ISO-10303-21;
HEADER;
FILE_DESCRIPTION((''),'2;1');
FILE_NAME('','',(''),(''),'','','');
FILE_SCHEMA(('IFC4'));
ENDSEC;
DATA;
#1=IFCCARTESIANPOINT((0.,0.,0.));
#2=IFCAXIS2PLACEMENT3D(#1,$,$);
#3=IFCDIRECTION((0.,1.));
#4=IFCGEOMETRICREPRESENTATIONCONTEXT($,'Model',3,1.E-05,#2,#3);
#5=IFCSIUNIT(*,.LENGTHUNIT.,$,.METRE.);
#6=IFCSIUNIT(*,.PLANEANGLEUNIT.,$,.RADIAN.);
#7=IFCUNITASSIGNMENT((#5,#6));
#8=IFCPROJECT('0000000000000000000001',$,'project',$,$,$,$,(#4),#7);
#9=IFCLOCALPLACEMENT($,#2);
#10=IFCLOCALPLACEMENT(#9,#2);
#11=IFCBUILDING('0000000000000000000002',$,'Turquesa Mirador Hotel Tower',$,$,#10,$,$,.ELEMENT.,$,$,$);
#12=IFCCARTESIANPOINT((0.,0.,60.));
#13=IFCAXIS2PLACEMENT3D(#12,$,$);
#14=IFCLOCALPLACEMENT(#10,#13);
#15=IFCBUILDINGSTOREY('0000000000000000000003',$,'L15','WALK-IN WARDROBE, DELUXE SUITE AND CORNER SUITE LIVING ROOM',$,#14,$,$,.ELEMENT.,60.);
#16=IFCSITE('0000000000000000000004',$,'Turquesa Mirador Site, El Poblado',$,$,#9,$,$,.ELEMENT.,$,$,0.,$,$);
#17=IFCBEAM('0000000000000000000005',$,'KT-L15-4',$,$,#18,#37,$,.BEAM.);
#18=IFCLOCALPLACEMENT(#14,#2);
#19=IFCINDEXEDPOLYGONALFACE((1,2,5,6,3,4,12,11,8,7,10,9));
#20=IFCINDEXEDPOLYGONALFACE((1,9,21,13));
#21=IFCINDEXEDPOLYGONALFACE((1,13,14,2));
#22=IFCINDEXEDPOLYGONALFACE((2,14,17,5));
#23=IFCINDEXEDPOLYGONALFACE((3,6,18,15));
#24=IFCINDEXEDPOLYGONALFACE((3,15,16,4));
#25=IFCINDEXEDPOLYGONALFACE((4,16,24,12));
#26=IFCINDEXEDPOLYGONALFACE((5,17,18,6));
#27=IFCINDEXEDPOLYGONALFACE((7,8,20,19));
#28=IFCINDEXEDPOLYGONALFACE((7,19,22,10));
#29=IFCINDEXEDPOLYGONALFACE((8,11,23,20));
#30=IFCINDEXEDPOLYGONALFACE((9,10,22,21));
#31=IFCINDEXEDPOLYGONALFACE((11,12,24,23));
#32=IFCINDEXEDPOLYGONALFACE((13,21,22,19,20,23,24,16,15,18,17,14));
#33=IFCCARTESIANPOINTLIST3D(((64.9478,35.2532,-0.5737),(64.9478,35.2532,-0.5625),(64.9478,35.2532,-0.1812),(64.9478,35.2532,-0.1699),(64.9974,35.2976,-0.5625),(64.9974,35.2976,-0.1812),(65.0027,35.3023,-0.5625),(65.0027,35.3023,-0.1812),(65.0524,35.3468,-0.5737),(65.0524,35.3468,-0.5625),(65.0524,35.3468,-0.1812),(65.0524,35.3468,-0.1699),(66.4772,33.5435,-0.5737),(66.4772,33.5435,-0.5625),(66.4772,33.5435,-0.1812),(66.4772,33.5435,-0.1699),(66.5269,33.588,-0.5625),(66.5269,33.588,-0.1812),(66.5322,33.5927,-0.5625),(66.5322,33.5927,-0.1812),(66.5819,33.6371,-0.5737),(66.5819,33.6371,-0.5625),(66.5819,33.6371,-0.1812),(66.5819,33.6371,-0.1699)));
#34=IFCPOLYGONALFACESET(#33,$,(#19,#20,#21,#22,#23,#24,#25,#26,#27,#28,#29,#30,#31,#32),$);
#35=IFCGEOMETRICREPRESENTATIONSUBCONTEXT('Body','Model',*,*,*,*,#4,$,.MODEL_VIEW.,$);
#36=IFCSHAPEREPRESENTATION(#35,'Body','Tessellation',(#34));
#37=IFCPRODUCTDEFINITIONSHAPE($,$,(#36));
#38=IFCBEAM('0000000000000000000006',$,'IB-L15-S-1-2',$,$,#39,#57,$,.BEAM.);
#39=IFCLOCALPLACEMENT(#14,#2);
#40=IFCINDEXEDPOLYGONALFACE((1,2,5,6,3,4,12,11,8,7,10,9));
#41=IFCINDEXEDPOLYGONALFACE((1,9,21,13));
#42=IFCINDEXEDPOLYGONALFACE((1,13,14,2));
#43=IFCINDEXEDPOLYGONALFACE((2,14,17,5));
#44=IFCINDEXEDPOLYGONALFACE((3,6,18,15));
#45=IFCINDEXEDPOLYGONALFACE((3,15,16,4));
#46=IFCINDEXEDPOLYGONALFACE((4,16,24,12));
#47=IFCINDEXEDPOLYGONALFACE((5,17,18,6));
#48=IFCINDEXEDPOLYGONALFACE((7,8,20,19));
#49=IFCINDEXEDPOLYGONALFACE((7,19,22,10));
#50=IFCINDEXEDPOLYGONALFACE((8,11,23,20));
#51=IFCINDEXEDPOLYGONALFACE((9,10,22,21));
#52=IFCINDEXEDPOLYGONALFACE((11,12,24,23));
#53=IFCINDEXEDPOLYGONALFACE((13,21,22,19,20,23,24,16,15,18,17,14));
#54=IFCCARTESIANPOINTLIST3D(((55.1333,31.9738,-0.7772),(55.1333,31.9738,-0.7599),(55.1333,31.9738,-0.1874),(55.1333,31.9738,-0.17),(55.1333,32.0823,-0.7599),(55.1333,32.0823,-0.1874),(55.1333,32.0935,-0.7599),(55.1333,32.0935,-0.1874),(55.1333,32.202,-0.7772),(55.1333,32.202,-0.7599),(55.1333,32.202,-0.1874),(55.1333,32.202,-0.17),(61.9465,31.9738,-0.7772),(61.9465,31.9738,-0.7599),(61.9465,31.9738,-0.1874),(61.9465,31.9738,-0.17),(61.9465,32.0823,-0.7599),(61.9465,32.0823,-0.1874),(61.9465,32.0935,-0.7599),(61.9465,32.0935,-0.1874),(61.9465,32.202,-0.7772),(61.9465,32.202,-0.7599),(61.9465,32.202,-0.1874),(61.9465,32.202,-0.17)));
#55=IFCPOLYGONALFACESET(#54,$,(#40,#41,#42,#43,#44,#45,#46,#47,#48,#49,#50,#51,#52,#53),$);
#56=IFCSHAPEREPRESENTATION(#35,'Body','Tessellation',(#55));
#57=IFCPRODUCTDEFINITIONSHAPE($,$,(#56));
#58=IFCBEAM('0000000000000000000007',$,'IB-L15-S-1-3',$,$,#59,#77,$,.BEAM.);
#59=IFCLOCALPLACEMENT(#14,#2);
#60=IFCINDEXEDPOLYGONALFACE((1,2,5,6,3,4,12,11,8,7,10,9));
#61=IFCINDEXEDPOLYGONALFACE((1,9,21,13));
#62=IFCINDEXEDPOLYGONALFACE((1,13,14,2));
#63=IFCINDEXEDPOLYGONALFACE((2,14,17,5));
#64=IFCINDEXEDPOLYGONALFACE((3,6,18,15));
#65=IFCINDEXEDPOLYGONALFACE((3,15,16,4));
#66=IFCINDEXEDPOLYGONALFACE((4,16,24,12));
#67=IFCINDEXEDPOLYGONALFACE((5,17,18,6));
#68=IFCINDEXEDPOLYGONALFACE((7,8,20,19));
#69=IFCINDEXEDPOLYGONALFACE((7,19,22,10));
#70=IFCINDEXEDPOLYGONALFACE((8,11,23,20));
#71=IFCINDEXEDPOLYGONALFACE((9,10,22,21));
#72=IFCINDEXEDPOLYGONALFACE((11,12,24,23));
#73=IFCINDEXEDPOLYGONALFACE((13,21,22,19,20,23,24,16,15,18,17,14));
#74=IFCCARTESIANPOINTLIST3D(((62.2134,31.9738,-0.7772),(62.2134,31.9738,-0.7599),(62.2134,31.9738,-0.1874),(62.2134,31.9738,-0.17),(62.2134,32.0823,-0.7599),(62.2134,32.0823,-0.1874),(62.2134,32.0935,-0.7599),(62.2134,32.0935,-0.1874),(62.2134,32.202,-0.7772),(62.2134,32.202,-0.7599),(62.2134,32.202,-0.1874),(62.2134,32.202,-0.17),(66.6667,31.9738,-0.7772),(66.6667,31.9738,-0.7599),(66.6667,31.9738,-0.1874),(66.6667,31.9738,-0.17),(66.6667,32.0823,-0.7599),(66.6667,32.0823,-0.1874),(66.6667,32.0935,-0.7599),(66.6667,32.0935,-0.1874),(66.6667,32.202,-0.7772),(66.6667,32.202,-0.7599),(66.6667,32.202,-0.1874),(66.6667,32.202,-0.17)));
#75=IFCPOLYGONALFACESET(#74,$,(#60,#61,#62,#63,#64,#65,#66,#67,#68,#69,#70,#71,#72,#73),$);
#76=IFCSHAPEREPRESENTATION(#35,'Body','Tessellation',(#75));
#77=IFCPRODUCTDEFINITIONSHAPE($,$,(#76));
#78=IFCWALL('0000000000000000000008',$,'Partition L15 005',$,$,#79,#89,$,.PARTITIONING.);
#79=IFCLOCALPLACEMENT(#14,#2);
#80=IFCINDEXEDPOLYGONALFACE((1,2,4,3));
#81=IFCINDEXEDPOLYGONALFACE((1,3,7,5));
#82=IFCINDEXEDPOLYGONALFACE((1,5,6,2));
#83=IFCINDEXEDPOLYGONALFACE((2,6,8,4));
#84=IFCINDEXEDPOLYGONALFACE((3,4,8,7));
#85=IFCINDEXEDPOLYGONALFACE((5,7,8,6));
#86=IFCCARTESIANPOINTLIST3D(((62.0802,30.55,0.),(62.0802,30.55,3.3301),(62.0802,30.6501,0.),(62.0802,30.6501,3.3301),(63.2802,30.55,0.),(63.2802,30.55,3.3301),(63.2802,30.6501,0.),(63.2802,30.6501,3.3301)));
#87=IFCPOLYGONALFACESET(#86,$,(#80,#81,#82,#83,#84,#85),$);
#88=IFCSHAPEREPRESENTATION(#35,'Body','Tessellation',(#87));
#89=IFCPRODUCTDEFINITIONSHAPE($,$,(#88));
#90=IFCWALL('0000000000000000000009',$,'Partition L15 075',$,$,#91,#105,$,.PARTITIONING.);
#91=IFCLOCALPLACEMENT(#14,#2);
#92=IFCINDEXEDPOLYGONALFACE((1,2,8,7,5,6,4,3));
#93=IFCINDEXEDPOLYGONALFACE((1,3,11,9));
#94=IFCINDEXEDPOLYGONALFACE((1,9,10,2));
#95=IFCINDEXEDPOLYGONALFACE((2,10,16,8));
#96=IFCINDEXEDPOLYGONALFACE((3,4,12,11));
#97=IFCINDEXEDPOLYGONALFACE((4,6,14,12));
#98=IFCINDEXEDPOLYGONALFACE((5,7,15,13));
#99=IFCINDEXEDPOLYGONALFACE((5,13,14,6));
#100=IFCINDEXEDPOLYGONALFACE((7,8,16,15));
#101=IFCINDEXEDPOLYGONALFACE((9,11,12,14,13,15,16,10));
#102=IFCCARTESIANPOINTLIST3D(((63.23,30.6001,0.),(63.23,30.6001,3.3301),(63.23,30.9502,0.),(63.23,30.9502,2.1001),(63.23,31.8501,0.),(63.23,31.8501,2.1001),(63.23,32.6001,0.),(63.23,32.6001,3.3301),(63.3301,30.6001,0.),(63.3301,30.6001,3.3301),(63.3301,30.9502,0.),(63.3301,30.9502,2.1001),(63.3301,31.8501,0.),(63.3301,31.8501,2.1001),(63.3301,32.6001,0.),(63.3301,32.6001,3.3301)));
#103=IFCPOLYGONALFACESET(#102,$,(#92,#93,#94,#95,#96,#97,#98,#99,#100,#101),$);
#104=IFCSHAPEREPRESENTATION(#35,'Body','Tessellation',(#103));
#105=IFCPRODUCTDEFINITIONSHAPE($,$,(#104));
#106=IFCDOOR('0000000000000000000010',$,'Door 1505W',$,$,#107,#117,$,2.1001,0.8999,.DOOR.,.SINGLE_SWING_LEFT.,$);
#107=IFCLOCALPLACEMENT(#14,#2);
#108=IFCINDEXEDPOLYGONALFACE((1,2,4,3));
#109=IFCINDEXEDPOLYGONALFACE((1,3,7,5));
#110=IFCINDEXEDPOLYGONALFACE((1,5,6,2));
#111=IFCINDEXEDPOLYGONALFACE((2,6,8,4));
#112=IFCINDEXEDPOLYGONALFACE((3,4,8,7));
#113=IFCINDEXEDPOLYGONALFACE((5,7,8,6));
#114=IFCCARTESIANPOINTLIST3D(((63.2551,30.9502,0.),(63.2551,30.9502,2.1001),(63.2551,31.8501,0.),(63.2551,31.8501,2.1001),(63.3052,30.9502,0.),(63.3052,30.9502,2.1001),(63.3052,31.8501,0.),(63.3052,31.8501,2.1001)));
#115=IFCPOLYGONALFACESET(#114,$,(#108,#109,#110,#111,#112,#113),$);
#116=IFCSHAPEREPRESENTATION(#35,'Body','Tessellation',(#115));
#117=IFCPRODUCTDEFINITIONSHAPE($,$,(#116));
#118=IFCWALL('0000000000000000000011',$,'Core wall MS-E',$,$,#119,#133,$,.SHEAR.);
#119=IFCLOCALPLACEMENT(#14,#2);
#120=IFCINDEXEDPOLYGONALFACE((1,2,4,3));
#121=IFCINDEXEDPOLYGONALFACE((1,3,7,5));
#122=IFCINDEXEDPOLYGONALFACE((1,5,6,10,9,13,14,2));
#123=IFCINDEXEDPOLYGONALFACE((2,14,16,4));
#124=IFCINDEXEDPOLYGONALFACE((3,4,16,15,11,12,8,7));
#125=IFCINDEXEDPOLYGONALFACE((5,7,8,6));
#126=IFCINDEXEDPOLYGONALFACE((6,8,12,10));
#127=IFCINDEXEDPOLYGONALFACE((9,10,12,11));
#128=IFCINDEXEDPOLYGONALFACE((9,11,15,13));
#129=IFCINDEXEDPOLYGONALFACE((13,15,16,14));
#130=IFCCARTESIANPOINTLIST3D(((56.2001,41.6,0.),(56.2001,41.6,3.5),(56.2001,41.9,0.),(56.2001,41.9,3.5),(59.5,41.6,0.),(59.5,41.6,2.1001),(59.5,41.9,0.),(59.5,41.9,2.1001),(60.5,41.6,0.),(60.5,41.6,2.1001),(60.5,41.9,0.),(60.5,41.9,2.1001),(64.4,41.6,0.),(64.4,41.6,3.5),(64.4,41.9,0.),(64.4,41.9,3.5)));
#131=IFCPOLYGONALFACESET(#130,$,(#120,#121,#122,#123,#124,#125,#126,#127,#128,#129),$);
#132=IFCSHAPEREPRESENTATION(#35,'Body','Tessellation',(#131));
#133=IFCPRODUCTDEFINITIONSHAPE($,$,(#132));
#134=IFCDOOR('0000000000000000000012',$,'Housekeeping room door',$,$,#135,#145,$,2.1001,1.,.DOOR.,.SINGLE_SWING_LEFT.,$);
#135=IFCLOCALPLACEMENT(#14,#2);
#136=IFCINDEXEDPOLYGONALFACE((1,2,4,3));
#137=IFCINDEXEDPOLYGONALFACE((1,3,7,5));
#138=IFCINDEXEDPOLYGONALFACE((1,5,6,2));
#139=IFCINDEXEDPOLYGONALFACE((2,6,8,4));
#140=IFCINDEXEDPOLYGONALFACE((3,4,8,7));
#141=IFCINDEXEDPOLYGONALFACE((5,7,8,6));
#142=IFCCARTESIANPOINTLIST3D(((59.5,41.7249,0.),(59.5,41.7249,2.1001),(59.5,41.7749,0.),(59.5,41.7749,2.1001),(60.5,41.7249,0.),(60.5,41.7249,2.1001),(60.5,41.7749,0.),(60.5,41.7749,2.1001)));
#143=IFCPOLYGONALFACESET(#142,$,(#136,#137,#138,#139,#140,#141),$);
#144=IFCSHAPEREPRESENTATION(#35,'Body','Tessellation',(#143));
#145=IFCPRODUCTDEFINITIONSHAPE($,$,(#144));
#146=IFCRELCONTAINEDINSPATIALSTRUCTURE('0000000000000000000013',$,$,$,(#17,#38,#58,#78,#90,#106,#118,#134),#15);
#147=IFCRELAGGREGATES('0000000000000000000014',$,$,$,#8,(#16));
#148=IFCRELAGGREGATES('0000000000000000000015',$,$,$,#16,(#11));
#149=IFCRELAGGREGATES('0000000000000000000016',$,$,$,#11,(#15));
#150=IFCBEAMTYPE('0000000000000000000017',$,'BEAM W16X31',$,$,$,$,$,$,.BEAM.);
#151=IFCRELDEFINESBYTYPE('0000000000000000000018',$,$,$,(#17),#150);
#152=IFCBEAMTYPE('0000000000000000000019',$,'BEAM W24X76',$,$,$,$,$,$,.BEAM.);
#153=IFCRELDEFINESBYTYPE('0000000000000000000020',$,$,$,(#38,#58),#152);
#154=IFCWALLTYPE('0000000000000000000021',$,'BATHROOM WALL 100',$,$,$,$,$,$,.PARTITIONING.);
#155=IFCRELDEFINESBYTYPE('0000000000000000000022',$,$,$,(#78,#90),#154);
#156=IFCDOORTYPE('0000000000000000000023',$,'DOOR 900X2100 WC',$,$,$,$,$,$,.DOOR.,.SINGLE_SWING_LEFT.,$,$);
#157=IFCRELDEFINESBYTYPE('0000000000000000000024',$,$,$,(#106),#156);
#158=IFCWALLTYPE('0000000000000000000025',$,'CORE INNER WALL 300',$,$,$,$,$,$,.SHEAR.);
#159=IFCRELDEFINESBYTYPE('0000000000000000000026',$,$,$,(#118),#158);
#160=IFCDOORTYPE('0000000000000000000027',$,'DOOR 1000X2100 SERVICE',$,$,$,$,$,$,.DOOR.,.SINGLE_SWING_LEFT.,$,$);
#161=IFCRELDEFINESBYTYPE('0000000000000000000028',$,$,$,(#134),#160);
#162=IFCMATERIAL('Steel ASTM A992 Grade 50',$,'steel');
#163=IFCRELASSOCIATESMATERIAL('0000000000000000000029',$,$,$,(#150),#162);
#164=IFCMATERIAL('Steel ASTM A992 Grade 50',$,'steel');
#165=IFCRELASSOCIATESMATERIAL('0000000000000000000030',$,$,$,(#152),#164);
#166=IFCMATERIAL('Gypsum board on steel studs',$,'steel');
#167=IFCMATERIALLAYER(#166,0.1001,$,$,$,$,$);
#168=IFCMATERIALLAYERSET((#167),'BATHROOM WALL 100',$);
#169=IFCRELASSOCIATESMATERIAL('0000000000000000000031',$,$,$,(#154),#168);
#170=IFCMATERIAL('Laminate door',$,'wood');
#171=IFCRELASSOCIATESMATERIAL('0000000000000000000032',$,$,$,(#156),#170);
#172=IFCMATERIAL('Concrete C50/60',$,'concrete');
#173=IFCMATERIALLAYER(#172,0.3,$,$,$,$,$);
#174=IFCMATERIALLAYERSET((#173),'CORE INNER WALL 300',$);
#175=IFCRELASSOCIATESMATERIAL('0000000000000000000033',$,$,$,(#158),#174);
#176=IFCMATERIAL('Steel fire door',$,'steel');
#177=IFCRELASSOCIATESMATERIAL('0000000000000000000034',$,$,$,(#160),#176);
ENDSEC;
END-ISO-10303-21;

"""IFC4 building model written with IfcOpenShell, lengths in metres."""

from ifc_helpers import new_model, si_unit, direction, frame, frame_2d, origin, origin_2d, place, context, subcontext, project, spatial, rectangle, i_section, extrude, material, layer, layer_set, material_profile, profile_set, type_object, element, fill, save


model = new_model("IFC4")

# Units and contexts
model_context = context("Model", 3, precision=1e-05, world=origin(), true_north=direction((0.0, 1.0)))
body_context = subcontext(model_context, "Body", "Model", "MODEL_VIEW")
ifc_project = project(units=[si_unit("LENGTHUNIT", "METRE"), si_unit("PLANEANGLEUNIT", "RADIAN")], contexts=[model_context])

# Site, building, storey
site_placement = place(None, origin())
site = spatial("IfcSite", under=ifc_project, at=site_placement, Name="Turquesa Mirador Site, El Poblado", CompositionType="ELEMENT", RefElevation=0.0)
building_placement = place(site_placement, origin())
building = spatial("IfcBuilding", under=site, at=building_placement, Name="Turquesa Mirador Hotel Tower", CompositionType="ELEMENT")
storey_placement = place(building_placement, frame((0.0, 0.0, 60.0)))
storey = spatial("IfcBuildingStorey", under=building, at=storey_placement, Name="L15", Description="WALK-IN WARDROBE, DELUXE SUITE AND CORNER SUITE LIVING ROOM", CompositionType="ELEMENT", Elevation=60.0)

# Beams
ifc_material_1 = material(Name="Steel ASTM A992 Grade 50", Category="steel")
ifc_material_profile_1 = material_profile(ifc_material_1, i_section(OverallWidth=0.1404, OverallDepth=0.4038, WebThickness=0.0071, FlangeThickness=0.0112, at=origin_2d()), Name="W16X31")
ifc_profile_set_1 = profile_set([ifc_material_profile_1], Name="Steel ASTM A992 Grade 50")
beam_type_1 = type_object("IfcBeamType", Name="BEAM W16X31", PredefinedType="BEAM", material=ifc_profile_set_1)
beam_1_placement = place(storey_placement, frame((66.5295, 33.5903, -0.3718), z_axis=(-0.666745, 0.745286, 0.0), x_axis=(-0.745286, -0.666745, 0.0)))
element("IfcBeam", 1, at=beam_1_placement, inside=storey, type_object=beam_type_1, Name="KT-L15-4", PredefinedType="BEAM", context=body_context, shape_type="SweptSolid", body=[
    extrude(i_section(OverallWidth=0.1404, OverallDepth=0.4038, WebThickness=0.0071, FlangeThickness=0.0112, at=origin_2d()), origin(), (0.0, 0.0, 1.0), 2.2939),
])
ifc_material_2 = material(Name="Steel ASTM A992 Grade 50", Category="steel")
ifc_material_profile_2 = material_profile(ifc_material_2, i_section(OverallWidth=0.2283, OverallDepth=0.6072, WebThickness=0.0112, FlangeThickness=0.0173, at=origin_2d()), Name="W24X76")
ifc_profile_set_2 = profile_set([ifc_material_profile_2], Name="Steel ASTM A992 Grade 50")
beam_type_2 = type_object("IfcBeamType", Name="BEAM W24X76", PredefinedType="BEAM", material=ifc_profile_set_2)
beam_2_placement = place(storey_placement, frame((55.1333, 32.0879, -0.4736), z_axis=(1.0, 0.0, 0.0), x_axis=(0.0, 1.0, 0.0)))
element("IfcBeam", 2, at=beam_2_placement, inside=storey, type_object=beam_type_2, Name="IB-L15-S-1-2", PredefinedType="BEAM", context=body_context, shape_type="SweptSolid", body=[
    extrude(i_section(OverallWidth=0.2283, OverallDepth=0.6072, WebThickness=0.0112, FlangeThickness=0.0173, at=origin_2d()), origin(), (0.0, 0.0, 1.0), 6.8132),
])
beam_3_placement = place(storey_placement, frame((62.2134, 32.0879, -0.4736), z_axis=(1.0, 0.0, 0.0), x_axis=(0.0, 1.0, 0.0)))
element("IfcBeam", 3, at=beam_3_placement, inside=storey, type_object=beam_type_2, Name="IB-L15-S-1-3", PredefinedType="BEAM", context=body_context, shape_type="SweptSolid", body=[
    extrude(i_section(OverallWidth=0.2283, OverallDepth=0.6072, WebThickness=0.0112, FlangeThickness=0.0173, at=origin_2d()), origin(), (0.0, 0.0, 1.0), 4.4534),
])

# Wall
ifc_material_3 = material(Name="Gypsum board on steel studs", Category="steel")
ifc_layer_1 = layer(ifc_material_3, 0.1001)
ifc_layer_set_1 = layer_set([ifc_layer_1], Name="BATHROOM WALL 100")
wall_type_1 = type_object("IfcWallType", Name="BATHROOM WALL 100", PredefinedType="PARTITIONING", material=ifc_layer_set_1)
wall_1_placement = place(storey_placement, frame((62.0801, 30.6001, 0.0), z_axis=(0.0, 0.0, 1.0), x_axis=(1.0, 0.0, 0.0)))
element("IfcWall", 4, at=wall_1_placement, inside=storey, type_object=wall_type_1, Name="Partition L15 005", PredefinedType="PARTITIONING", context=body_context, shape_type="SweptSolid", body=[
    extrude(rectangle(XDim=1.2, YDim=0.1001, at=frame_2d((0.6001, 0.0))), origin(), (0.0, 0.0, 1.0), 3.3301),
])

# Walls, openings, doors
wall_2_placement = place(storey_placement, frame((63.28, 30.6001, 0.0), z_axis=(0.0, 0.0, 1.0), x_axis=(0.0, 1.0, 0.0)))
wall_2 = element("IfcWall", 5, at=wall_2_placement, inside=storey, type_object=wall_type_1, Name="Partition L15 075", PredefinedType="PARTITIONING", context=body_context, shape_type="SweptSolid", body=[
    extrude(rectangle(XDim=2.0, YDim=0.1001, at=frame_2d((1.0, 0.0))), origin(), (0.0, 0.0, 1.0), 3.3301),
])
opening_1_placement = place(wall_2_placement, frame((0.3501, 0.0, 0.0)))
opening_1 = element("IfcOpeningElement", 6, at=opening_1_placement, cuts=wall_2, PredefinedType="OPENING", context=body_context, shape_type="SweptSolid", body=[
    extrude(rectangle(XDim=0.8999, YDim=2.1001, at=frame_2d((0.45, 1.05))), frame((0.0, 0.0601, 0.0), z_axis=(0.0, -1.0, 0.0), x_axis=(1.0, 0.0, 0.0)), (0.0, 0.0, 1.0), 0.1201),
])
ifc_material_4 = material(Name="Laminate door", Category="wood")
door_type_1 = type_object("IfcDoorType", Name="DOOR 900X2100 WC", OperationType="SINGLE_SWING_LEFT", PredefinedType="DOOR", material=ifc_material_4)
door_1_placement = place(opening_1_placement, origin())
door_1 = element("IfcDoor", 7, at=door_1_placement, inside=storey, type_object=door_type_1, Name="Door 1505W", OperationType="SINGLE_SWING_LEFT", OverallHeight=2.1001, OverallWidth=0.8999, PredefinedType="DOOR", context=body_context, shape_type="SweptSolid", body=[
    extrude(rectangle(XDim=0.8999, YDim=2.1001, at=frame_2d((0.45, 1.05))), frame((0.0, 0.0249, 0.0), z_axis=(0.0, -1.0, 0.0), x_axis=(1.0, 0.0, 0.0)), (0.0, 0.0, 1.0), 0.05),
])
fill(opening_1, door_1)
ifc_material_5 = material(Name="Concrete C50/60", Category="concrete")
ifc_layer_2 = layer(ifc_material_5, 0.3)
ifc_layer_set_2 = layer_set([ifc_layer_2], Name="CORE INNER WALL 300")
wall_type_2 = type_object("IfcWallType", Name="CORE INNER WALL 300", PredefinedType="SHEAR", material=ifc_layer_set_2)
wall_3_placement = place(storey_placement, frame((56.2, 41.75, 0.0), z_axis=(0.0, 0.0, 1.0), x_axis=(1.0, 0.0, 0.0)))
wall_3 = element("IfcWall", 8, at=wall_3_placement, inside=storey, type_object=wall_type_2, Name="Core wall MS-E", PredefinedType="SHEAR", context=body_context, shape_type="SweptSolid", body=[
    extrude(rectangle(XDim=8.2, YDim=0.3, at=frame_2d((4.1001, 0.0))), origin(), (0.0, 0.0, 1.0), 3.5),
])
opening_2_placement = place(wall_3_placement, frame((3.3, 0.0, 0.0)))
opening_2 = element("IfcOpeningElement", 9, at=opening_2_placement, cuts=wall_3, PredefinedType="OPENING", context=body_context, shape_type="SweptSolid", body=[
    extrude(rectangle(XDim=1.0, YDim=2.1001, at=frame_2d((0.5, 1.05))), frame((0.0, 0.1599, 0.0), z_axis=(0.0, -1.0, 0.0), x_axis=(1.0, 0.0, 0.0)), (0.0, 0.0, 1.0), 0.3201),
])
ifc_material_6 = material(Name="Steel fire door", Category="steel")
door_type_2 = type_object("IfcDoorType", Name="DOOR 1000X2100 SERVICE", OperationType="SINGLE_SWING_LEFT", PredefinedType="DOOR", material=ifc_material_6)
door_2_placement = place(opening_2_placement, origin())
door_2 = element("IfcDoor", 10, at=door_2_placement, inside=storey, type_object=door_type_2, Name="Housekeeping room door", OperationType="SINGLE_SWING_LEFT", OverallHeight=2.1001, OverallWidth=1.0, PredefinedType="DOOR", context=body_context, shape_type="SweptSolid", body=[
    extrude(rectangle(XDim=1.0, YDim=2.1001, at=frame_2d((0.5, 1.05))), frame((0.0, 0.0249, 0.0), z_axis=(0.0, -1.0, 0.0), x_axis=(1.0, 0.0, 0.0)), (0.0, 0.0, 1.0), 0.05),
])
fill(opening_2, door_2)

save(model, "model.ifc")
